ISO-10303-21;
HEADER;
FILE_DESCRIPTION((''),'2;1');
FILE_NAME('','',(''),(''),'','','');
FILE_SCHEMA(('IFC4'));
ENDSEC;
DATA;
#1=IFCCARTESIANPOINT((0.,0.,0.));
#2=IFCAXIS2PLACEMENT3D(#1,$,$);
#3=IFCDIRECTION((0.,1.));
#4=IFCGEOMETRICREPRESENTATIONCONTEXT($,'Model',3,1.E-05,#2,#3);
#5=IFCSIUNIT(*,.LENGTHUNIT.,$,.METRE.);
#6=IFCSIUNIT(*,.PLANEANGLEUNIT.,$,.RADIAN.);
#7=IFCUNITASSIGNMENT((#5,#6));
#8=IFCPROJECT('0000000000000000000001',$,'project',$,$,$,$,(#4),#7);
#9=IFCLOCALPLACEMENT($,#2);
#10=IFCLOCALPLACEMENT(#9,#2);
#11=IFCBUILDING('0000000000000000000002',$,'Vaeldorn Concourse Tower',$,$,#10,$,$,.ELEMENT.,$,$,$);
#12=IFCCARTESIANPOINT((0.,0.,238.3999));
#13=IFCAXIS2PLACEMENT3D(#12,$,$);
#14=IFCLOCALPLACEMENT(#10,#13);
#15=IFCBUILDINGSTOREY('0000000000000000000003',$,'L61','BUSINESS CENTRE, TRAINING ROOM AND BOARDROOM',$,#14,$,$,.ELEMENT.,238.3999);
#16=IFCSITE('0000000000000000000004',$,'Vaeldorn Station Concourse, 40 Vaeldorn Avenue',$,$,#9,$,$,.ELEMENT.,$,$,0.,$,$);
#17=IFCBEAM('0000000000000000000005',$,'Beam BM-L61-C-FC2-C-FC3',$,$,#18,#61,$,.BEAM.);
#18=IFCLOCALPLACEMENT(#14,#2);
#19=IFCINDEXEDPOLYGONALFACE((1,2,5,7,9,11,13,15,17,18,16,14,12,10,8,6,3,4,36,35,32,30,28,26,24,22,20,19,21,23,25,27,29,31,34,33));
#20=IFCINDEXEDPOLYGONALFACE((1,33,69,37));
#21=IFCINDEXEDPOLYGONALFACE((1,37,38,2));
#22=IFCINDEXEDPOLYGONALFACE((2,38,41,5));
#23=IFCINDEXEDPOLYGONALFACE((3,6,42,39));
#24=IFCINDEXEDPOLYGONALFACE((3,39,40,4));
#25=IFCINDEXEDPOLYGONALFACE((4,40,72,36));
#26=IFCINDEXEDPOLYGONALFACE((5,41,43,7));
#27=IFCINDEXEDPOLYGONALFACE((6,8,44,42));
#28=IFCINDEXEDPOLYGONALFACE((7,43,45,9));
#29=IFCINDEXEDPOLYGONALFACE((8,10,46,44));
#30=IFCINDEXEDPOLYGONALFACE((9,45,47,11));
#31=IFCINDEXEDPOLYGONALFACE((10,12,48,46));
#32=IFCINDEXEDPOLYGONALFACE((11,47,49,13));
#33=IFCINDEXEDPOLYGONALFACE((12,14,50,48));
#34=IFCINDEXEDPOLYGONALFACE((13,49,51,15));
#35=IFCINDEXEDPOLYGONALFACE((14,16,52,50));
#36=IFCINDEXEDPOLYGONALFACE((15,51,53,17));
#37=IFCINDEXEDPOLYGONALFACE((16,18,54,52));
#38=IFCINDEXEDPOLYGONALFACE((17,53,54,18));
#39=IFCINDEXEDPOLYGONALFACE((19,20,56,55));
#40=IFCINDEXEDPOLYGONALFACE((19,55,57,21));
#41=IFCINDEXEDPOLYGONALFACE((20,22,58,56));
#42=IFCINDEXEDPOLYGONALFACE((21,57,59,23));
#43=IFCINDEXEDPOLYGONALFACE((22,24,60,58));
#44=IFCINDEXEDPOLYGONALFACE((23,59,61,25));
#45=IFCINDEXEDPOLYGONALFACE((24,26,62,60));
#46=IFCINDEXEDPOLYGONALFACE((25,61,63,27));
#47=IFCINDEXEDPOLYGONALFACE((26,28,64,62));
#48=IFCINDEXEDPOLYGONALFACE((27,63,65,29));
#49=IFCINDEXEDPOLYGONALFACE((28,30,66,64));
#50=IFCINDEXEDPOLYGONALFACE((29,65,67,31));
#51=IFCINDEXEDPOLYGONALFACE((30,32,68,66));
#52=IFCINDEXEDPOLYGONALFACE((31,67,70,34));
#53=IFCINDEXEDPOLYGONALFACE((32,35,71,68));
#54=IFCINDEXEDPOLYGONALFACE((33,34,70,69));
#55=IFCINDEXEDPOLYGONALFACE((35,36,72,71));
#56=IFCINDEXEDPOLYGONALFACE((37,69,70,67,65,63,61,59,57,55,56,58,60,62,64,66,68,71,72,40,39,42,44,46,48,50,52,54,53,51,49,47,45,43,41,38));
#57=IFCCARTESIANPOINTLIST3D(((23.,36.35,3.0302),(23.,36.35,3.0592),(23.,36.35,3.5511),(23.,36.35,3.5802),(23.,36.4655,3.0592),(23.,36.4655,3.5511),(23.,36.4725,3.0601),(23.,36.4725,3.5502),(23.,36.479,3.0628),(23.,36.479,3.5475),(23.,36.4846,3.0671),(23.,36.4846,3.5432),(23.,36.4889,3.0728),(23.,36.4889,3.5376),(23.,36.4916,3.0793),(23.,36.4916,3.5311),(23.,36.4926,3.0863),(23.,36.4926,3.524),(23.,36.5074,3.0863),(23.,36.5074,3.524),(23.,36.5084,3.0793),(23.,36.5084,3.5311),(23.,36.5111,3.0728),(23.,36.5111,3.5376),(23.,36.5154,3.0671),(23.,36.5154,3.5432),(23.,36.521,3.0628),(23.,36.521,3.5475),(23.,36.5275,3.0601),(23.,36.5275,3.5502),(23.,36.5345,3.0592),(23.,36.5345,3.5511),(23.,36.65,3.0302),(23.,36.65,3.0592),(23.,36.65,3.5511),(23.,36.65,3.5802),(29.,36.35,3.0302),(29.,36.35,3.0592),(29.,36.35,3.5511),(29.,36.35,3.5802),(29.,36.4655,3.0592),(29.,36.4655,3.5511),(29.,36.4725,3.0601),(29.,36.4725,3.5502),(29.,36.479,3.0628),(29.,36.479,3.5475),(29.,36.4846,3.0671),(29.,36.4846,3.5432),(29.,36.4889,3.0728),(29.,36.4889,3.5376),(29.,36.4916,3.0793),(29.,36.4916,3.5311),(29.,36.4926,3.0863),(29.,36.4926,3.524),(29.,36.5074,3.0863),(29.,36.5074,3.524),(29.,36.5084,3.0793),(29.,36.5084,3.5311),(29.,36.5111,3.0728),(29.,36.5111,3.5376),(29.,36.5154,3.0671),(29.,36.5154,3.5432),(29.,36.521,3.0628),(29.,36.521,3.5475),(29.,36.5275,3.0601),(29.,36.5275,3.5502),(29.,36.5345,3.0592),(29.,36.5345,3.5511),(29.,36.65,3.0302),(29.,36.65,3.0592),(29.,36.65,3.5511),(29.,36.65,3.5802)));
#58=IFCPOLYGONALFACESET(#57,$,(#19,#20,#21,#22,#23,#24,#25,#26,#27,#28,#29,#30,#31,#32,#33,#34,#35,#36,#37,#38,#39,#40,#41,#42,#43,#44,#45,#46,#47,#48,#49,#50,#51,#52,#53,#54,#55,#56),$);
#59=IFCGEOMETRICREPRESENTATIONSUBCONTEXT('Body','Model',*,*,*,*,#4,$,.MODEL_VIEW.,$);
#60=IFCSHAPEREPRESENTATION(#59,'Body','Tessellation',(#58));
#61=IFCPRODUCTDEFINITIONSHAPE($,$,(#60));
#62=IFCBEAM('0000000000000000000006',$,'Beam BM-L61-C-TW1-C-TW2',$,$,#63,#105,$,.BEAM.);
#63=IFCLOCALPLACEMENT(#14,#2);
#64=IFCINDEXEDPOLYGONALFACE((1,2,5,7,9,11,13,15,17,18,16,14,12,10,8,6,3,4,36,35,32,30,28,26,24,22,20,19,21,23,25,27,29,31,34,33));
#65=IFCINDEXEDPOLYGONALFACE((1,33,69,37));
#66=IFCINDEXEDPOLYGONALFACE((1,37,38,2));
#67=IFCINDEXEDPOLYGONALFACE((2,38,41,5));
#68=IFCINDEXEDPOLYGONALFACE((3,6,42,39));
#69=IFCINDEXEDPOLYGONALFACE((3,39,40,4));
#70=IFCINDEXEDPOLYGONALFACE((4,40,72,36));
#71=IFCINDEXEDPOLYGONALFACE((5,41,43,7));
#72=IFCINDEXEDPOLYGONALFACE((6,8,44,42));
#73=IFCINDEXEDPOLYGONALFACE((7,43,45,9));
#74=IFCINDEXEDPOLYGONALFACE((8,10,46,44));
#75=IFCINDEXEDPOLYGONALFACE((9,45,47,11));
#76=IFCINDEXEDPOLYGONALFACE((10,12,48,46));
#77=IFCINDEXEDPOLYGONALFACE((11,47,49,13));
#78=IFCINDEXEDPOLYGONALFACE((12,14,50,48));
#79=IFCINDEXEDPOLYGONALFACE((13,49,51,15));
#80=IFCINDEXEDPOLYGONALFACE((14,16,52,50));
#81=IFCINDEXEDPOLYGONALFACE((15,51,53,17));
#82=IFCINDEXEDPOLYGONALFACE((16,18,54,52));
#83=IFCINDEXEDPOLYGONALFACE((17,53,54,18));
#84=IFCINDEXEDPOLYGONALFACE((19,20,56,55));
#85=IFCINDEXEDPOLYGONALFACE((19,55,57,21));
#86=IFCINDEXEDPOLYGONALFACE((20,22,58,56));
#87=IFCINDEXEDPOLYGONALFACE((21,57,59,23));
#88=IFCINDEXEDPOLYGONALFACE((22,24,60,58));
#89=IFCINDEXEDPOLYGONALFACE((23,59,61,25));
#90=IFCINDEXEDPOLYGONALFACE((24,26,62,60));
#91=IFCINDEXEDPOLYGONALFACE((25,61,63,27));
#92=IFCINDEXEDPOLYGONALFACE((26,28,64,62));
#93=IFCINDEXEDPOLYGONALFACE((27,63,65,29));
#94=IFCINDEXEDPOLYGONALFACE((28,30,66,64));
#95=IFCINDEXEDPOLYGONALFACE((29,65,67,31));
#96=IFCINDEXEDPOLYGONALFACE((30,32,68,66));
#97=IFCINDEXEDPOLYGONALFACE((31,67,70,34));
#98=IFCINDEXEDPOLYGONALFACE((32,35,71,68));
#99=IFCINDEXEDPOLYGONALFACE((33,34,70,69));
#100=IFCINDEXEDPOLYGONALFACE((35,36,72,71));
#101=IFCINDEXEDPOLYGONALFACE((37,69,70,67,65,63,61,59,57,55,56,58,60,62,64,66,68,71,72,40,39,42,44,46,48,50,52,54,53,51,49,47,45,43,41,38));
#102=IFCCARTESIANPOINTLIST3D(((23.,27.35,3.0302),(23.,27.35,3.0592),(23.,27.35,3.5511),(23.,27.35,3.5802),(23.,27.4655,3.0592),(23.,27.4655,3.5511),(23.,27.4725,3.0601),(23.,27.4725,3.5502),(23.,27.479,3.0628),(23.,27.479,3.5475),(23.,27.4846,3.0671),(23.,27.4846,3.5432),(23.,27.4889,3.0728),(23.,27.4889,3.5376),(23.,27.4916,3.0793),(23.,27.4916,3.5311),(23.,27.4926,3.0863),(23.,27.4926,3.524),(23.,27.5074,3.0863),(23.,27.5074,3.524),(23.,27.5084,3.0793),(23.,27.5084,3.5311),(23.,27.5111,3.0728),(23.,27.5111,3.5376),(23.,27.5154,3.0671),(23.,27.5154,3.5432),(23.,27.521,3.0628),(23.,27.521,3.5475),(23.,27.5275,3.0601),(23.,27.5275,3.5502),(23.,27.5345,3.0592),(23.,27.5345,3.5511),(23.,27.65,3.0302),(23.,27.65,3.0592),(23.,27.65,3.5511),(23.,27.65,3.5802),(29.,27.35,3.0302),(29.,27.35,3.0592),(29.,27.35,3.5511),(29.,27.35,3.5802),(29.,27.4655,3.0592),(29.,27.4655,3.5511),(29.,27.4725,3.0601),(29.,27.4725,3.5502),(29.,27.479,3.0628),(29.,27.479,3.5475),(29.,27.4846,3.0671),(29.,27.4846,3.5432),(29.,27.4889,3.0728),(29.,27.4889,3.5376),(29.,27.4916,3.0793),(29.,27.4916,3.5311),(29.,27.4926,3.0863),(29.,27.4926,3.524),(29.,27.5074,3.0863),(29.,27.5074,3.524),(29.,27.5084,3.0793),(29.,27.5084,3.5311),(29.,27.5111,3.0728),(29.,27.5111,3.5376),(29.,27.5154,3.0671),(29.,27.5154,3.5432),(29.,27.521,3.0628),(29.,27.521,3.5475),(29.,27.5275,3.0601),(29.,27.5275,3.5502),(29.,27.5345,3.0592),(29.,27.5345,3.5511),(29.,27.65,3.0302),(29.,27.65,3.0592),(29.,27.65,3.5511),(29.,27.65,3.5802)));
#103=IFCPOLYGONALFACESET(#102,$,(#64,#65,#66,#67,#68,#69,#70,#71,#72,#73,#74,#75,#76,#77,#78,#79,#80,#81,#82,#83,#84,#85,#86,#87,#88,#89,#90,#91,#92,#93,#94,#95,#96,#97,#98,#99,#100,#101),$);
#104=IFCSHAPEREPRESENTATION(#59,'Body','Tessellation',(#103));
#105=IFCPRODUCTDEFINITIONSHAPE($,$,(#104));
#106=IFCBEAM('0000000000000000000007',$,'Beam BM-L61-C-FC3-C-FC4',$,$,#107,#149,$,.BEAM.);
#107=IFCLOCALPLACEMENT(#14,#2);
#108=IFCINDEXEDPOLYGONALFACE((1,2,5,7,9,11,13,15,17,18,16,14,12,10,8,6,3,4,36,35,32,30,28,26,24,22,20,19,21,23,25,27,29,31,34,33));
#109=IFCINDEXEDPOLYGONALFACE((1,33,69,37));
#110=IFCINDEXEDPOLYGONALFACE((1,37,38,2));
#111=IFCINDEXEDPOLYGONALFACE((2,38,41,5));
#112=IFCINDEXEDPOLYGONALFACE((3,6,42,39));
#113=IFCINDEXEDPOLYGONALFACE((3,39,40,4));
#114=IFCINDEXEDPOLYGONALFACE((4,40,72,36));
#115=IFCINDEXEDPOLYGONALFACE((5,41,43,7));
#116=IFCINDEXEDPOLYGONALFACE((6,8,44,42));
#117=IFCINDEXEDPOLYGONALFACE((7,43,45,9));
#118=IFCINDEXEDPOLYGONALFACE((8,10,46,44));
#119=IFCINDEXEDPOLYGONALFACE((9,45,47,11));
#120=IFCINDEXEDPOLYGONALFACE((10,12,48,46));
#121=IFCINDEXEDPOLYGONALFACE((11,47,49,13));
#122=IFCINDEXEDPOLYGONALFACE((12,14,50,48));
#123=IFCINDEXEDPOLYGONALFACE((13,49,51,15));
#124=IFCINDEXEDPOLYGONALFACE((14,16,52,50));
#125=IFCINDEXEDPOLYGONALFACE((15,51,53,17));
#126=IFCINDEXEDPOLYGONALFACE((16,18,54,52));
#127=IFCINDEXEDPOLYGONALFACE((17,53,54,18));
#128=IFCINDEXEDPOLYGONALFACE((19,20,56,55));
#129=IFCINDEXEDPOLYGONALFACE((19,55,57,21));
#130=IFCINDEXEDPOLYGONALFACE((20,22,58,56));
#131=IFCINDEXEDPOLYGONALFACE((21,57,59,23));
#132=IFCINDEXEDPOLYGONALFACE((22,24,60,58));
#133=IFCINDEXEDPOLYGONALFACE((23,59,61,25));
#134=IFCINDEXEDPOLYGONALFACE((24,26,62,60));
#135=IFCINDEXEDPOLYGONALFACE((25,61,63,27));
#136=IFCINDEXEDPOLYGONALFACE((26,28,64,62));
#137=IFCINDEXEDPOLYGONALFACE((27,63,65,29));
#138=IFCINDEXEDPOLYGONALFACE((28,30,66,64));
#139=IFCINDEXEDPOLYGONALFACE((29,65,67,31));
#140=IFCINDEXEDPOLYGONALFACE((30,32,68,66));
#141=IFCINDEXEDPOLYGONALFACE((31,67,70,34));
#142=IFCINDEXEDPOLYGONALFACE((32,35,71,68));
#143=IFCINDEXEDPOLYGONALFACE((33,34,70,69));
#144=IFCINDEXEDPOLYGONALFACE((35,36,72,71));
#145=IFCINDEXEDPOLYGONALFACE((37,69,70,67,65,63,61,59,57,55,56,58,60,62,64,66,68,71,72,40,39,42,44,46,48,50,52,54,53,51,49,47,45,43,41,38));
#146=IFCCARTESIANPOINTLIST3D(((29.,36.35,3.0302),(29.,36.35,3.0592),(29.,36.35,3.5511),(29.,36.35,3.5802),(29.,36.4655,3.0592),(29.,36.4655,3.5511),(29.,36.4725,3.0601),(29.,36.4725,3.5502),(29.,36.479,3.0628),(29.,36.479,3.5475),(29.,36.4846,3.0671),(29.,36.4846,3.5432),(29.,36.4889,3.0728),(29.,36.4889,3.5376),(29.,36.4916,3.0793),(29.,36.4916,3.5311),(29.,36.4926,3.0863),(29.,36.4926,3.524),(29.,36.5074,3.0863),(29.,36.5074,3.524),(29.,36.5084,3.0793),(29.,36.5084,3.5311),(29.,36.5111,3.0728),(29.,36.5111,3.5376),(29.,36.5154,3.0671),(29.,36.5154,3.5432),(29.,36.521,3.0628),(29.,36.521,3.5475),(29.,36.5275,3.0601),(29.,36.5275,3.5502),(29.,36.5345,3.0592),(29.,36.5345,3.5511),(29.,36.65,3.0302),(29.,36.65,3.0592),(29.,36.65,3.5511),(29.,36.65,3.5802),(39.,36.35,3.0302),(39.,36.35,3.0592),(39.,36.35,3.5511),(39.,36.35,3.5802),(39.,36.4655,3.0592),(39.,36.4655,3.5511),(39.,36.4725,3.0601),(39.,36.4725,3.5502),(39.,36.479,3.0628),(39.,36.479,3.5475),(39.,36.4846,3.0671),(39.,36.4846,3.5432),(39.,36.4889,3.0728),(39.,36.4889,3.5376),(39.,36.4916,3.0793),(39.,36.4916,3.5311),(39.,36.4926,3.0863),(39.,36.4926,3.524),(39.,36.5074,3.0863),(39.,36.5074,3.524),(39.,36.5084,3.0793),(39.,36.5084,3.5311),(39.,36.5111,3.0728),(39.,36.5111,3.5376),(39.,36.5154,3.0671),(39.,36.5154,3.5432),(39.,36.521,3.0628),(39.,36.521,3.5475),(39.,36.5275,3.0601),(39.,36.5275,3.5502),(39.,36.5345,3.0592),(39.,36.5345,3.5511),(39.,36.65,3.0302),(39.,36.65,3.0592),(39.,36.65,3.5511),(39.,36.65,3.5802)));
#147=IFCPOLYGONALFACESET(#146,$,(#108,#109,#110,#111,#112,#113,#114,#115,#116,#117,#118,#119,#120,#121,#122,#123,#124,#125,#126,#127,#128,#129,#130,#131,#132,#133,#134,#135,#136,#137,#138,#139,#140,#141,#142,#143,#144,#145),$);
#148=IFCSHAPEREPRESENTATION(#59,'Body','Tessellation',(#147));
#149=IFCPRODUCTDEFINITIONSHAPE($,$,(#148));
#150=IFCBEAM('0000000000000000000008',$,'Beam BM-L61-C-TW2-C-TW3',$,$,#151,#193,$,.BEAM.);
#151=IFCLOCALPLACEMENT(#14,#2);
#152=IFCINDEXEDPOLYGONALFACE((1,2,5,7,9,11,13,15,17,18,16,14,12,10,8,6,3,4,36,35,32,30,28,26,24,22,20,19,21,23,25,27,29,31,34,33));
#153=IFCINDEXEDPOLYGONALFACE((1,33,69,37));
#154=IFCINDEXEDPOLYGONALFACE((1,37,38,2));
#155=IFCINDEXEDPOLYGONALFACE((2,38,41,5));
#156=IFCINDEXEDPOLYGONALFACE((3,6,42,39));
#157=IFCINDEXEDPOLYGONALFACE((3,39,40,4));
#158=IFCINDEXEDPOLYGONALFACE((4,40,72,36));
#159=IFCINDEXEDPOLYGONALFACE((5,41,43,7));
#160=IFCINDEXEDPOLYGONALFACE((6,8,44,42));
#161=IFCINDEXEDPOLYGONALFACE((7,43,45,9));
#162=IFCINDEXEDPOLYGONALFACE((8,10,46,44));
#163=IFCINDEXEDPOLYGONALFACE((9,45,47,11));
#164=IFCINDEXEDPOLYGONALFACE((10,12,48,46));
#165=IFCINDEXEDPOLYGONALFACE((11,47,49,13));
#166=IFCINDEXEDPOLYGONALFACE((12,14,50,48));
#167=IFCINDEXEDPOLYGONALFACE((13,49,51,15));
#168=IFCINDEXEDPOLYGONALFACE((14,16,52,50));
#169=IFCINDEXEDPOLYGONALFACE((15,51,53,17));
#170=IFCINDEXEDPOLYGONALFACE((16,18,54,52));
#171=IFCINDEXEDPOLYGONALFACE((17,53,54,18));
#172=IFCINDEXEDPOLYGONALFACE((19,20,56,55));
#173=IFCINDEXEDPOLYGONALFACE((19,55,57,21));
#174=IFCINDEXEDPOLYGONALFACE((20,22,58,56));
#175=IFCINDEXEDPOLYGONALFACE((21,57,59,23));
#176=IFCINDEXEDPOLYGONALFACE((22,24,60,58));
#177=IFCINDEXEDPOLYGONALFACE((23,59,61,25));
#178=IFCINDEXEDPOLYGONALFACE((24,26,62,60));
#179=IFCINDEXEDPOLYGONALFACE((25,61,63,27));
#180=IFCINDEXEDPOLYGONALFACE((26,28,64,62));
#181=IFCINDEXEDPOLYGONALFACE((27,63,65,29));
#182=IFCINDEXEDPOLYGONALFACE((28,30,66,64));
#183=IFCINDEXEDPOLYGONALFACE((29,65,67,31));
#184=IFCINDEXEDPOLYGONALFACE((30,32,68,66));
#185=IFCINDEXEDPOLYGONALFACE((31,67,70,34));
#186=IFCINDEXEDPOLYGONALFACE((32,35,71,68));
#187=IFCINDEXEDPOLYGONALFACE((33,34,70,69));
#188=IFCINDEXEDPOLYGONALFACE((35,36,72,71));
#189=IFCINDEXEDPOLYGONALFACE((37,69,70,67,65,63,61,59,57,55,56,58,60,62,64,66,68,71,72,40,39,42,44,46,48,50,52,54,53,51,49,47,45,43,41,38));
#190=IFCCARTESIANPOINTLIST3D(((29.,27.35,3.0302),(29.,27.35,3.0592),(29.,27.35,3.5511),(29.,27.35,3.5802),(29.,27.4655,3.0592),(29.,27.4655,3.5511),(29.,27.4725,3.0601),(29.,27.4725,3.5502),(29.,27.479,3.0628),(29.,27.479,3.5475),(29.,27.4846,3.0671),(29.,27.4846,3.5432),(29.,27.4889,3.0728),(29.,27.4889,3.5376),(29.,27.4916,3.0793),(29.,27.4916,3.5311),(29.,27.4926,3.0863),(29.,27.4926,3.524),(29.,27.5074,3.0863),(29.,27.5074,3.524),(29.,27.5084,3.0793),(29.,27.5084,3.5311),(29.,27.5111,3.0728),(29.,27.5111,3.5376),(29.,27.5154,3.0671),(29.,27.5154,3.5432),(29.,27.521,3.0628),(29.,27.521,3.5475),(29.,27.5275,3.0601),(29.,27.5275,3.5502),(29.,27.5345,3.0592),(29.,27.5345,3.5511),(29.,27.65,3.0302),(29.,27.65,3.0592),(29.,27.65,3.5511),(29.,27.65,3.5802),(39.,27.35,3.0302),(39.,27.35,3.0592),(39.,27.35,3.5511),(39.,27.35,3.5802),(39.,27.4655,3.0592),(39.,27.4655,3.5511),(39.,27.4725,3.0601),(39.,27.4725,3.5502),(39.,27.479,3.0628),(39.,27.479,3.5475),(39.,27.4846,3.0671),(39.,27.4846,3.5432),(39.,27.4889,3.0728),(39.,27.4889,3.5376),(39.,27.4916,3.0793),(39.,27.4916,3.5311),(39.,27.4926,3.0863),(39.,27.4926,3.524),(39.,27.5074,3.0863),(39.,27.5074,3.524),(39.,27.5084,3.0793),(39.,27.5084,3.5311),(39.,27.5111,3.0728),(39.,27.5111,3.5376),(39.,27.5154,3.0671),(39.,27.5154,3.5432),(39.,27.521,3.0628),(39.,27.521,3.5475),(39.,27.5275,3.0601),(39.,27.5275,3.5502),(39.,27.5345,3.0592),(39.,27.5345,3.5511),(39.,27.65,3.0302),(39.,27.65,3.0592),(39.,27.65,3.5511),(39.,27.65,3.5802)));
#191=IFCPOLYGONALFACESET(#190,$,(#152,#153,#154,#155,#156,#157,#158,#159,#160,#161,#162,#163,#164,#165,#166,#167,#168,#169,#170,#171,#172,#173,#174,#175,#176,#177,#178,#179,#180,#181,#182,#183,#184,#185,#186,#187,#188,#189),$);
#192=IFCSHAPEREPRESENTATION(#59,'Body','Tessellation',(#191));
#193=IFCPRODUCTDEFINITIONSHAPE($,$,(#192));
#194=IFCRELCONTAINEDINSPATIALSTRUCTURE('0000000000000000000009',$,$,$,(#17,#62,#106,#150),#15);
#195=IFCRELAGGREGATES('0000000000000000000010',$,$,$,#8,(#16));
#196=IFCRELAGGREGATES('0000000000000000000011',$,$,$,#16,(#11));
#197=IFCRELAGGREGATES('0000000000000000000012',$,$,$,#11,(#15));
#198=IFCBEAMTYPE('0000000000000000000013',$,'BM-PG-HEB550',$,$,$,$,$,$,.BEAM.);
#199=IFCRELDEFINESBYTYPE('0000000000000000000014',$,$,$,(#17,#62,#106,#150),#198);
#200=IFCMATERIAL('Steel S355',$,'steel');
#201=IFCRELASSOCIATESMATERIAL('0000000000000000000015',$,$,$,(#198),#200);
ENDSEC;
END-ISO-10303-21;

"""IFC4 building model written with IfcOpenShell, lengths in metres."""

from ifc_helpers import new_model, si_unit, direction, frame, origin, origin_2d, place, context, subcontext, project, spatial, i_section, extrude, source, transform, mapped, material, material_profile, profile_set, type_object, element, save


model = new_model("IFC4")

# Units and contexts
model_context = context("Model", 3, precision=1e-05, world=origin(), true_north=direction((0.0, 1.0)))
body_context = subcontext(model_context, "Body", "Model", "MODEL_VIEW")
ifc_project = project(units=[si_unit("LENGTHUNIT", "METRE"), si_unit("PLANEANGLEUNIT", "RADIAN")], contexts=[model_context])

# Site, building, storey
site_placement = place(None, origin())
site = spatial("IfcSite", under=ifc_project, at=site_placement, Name="Vaeldorn Station Concourse, 40 Vaeldorn Avenue", CompositionType="ELEMENT", RefElevation=0.0)
building_placement = place(site_placement, origin())
building = spatial("IfcBuilding", under=site, at=building_placement, Name="Vaeldorn Concourse Tower", CompositionType="ELEMENT")
storey_placement = place(building_placement, frame((0.0, 0.0, 238.3999)))
storey = spatial("IfcBuildingStorey", under=building, at=storey_placement, Name="L61", Description="BUSINESS CENTRE, TRAINING ROOM AND BOARDROOM", CompositionType="ELEMENT", Elevation=238.3999)

# Shared definitions
ifc_material_1 = material(Name="Steel S355", Category="steel")

# Beams
ifc_material_profile_1 = material_profile(ifc_material_1, i_section(OverallWidth=0.3, OverallDepth=0.55, WebThickness=0.0149, FlangeThickness=0.0291, FilletRadius=0.0271, at=origin_2d()), Name="HEB 550")
ifc_profile_set_1 = profile_set([ifc_material_profile_1], Name="Steel S355")
beam_type_1 = type_object("IfcBeamType", Name="BM-PG-HEB550", PredefinedType="BEAM", material=ifc_profile_set_1)
shared_shape_1 = source(origin(), body_context, "Body", "SweptSolid", [
    extrude(i_section(OverallWidth=0.3, OverallDepth=0.55, WebThickness=0.0149, FlangeThickness=0.0291, FilletRadius=0.0271, at=origin_2d()), origin(), (0.0, 0.0, 1.0), 6.0),
])
for number, where, z_axis, x_axis, name in (
    (1, (23.0, 36.5, 3.3052), (1.0, 0.0, 0.0), (0.0, 1.0, 0.0), "Beam BM-L61-C-FC2-C-FC3"),
    (2, (23.0, 27.5, 3.3052), (1.0, 0.0, 0.0), (0.0, 1.0, 0.0), "Beam BM-L61-C-TW1-C-TW2"),
):
    element("IfcBeam", number, at=place(storey_placement, frame(where, z_axis=z_axis, x_axis=x_axis)), inside=storey, type_object=beam_type_1, Name=name, PredefinedType="BEAM", context=body_context, shape_type="MappedRepresentation", body=[
        mapped(shared_shape_1, transform((0.0, 0.0, 0.0), scale=1.0)),
    ])
shared_shape_2 = source(origin(), body_context, "Body", "SweptSolid", [
    extrude(i_section(OverallWidth=0.3, OverallDepth=0.55, WebThickness=0.0149, FlangeThickness=0.0291, FilletRadius=0.0271, at=origin_2d()), origin(), (0.0, 0.0, 1.0), 10.0),
])
for number, where, z_axis, x_axis, name in (
    (3, (29.0, 36.5, 3.3052), (1.0, 0.0, 0.0), (0.0, 1.0, 0.0), "Beam BM-L61-C-FC3-C-FC4"),
    (4, (29.0, 27.5, 3.3052), (1.0, 0.0, 0.0), (0.0, 1.0, 0.0), "Beam BM-L61-C-TW2-C-TW3"),
):
    element("IfcBeam", number, at=place(storey_placement, frame(where, z_axis=z_axis, x_axis=x_axis)), inside=storey, type_object=beam_type_1, Name=name, PredefinedType="BEAM", context=body_context, shape_type="MappedRepresentation", body=[
        mapped(shared_shape_2, transform((0.0, 0.0, 0.0), scale=1.0)),
    ])

save(model, "model.ifc")
